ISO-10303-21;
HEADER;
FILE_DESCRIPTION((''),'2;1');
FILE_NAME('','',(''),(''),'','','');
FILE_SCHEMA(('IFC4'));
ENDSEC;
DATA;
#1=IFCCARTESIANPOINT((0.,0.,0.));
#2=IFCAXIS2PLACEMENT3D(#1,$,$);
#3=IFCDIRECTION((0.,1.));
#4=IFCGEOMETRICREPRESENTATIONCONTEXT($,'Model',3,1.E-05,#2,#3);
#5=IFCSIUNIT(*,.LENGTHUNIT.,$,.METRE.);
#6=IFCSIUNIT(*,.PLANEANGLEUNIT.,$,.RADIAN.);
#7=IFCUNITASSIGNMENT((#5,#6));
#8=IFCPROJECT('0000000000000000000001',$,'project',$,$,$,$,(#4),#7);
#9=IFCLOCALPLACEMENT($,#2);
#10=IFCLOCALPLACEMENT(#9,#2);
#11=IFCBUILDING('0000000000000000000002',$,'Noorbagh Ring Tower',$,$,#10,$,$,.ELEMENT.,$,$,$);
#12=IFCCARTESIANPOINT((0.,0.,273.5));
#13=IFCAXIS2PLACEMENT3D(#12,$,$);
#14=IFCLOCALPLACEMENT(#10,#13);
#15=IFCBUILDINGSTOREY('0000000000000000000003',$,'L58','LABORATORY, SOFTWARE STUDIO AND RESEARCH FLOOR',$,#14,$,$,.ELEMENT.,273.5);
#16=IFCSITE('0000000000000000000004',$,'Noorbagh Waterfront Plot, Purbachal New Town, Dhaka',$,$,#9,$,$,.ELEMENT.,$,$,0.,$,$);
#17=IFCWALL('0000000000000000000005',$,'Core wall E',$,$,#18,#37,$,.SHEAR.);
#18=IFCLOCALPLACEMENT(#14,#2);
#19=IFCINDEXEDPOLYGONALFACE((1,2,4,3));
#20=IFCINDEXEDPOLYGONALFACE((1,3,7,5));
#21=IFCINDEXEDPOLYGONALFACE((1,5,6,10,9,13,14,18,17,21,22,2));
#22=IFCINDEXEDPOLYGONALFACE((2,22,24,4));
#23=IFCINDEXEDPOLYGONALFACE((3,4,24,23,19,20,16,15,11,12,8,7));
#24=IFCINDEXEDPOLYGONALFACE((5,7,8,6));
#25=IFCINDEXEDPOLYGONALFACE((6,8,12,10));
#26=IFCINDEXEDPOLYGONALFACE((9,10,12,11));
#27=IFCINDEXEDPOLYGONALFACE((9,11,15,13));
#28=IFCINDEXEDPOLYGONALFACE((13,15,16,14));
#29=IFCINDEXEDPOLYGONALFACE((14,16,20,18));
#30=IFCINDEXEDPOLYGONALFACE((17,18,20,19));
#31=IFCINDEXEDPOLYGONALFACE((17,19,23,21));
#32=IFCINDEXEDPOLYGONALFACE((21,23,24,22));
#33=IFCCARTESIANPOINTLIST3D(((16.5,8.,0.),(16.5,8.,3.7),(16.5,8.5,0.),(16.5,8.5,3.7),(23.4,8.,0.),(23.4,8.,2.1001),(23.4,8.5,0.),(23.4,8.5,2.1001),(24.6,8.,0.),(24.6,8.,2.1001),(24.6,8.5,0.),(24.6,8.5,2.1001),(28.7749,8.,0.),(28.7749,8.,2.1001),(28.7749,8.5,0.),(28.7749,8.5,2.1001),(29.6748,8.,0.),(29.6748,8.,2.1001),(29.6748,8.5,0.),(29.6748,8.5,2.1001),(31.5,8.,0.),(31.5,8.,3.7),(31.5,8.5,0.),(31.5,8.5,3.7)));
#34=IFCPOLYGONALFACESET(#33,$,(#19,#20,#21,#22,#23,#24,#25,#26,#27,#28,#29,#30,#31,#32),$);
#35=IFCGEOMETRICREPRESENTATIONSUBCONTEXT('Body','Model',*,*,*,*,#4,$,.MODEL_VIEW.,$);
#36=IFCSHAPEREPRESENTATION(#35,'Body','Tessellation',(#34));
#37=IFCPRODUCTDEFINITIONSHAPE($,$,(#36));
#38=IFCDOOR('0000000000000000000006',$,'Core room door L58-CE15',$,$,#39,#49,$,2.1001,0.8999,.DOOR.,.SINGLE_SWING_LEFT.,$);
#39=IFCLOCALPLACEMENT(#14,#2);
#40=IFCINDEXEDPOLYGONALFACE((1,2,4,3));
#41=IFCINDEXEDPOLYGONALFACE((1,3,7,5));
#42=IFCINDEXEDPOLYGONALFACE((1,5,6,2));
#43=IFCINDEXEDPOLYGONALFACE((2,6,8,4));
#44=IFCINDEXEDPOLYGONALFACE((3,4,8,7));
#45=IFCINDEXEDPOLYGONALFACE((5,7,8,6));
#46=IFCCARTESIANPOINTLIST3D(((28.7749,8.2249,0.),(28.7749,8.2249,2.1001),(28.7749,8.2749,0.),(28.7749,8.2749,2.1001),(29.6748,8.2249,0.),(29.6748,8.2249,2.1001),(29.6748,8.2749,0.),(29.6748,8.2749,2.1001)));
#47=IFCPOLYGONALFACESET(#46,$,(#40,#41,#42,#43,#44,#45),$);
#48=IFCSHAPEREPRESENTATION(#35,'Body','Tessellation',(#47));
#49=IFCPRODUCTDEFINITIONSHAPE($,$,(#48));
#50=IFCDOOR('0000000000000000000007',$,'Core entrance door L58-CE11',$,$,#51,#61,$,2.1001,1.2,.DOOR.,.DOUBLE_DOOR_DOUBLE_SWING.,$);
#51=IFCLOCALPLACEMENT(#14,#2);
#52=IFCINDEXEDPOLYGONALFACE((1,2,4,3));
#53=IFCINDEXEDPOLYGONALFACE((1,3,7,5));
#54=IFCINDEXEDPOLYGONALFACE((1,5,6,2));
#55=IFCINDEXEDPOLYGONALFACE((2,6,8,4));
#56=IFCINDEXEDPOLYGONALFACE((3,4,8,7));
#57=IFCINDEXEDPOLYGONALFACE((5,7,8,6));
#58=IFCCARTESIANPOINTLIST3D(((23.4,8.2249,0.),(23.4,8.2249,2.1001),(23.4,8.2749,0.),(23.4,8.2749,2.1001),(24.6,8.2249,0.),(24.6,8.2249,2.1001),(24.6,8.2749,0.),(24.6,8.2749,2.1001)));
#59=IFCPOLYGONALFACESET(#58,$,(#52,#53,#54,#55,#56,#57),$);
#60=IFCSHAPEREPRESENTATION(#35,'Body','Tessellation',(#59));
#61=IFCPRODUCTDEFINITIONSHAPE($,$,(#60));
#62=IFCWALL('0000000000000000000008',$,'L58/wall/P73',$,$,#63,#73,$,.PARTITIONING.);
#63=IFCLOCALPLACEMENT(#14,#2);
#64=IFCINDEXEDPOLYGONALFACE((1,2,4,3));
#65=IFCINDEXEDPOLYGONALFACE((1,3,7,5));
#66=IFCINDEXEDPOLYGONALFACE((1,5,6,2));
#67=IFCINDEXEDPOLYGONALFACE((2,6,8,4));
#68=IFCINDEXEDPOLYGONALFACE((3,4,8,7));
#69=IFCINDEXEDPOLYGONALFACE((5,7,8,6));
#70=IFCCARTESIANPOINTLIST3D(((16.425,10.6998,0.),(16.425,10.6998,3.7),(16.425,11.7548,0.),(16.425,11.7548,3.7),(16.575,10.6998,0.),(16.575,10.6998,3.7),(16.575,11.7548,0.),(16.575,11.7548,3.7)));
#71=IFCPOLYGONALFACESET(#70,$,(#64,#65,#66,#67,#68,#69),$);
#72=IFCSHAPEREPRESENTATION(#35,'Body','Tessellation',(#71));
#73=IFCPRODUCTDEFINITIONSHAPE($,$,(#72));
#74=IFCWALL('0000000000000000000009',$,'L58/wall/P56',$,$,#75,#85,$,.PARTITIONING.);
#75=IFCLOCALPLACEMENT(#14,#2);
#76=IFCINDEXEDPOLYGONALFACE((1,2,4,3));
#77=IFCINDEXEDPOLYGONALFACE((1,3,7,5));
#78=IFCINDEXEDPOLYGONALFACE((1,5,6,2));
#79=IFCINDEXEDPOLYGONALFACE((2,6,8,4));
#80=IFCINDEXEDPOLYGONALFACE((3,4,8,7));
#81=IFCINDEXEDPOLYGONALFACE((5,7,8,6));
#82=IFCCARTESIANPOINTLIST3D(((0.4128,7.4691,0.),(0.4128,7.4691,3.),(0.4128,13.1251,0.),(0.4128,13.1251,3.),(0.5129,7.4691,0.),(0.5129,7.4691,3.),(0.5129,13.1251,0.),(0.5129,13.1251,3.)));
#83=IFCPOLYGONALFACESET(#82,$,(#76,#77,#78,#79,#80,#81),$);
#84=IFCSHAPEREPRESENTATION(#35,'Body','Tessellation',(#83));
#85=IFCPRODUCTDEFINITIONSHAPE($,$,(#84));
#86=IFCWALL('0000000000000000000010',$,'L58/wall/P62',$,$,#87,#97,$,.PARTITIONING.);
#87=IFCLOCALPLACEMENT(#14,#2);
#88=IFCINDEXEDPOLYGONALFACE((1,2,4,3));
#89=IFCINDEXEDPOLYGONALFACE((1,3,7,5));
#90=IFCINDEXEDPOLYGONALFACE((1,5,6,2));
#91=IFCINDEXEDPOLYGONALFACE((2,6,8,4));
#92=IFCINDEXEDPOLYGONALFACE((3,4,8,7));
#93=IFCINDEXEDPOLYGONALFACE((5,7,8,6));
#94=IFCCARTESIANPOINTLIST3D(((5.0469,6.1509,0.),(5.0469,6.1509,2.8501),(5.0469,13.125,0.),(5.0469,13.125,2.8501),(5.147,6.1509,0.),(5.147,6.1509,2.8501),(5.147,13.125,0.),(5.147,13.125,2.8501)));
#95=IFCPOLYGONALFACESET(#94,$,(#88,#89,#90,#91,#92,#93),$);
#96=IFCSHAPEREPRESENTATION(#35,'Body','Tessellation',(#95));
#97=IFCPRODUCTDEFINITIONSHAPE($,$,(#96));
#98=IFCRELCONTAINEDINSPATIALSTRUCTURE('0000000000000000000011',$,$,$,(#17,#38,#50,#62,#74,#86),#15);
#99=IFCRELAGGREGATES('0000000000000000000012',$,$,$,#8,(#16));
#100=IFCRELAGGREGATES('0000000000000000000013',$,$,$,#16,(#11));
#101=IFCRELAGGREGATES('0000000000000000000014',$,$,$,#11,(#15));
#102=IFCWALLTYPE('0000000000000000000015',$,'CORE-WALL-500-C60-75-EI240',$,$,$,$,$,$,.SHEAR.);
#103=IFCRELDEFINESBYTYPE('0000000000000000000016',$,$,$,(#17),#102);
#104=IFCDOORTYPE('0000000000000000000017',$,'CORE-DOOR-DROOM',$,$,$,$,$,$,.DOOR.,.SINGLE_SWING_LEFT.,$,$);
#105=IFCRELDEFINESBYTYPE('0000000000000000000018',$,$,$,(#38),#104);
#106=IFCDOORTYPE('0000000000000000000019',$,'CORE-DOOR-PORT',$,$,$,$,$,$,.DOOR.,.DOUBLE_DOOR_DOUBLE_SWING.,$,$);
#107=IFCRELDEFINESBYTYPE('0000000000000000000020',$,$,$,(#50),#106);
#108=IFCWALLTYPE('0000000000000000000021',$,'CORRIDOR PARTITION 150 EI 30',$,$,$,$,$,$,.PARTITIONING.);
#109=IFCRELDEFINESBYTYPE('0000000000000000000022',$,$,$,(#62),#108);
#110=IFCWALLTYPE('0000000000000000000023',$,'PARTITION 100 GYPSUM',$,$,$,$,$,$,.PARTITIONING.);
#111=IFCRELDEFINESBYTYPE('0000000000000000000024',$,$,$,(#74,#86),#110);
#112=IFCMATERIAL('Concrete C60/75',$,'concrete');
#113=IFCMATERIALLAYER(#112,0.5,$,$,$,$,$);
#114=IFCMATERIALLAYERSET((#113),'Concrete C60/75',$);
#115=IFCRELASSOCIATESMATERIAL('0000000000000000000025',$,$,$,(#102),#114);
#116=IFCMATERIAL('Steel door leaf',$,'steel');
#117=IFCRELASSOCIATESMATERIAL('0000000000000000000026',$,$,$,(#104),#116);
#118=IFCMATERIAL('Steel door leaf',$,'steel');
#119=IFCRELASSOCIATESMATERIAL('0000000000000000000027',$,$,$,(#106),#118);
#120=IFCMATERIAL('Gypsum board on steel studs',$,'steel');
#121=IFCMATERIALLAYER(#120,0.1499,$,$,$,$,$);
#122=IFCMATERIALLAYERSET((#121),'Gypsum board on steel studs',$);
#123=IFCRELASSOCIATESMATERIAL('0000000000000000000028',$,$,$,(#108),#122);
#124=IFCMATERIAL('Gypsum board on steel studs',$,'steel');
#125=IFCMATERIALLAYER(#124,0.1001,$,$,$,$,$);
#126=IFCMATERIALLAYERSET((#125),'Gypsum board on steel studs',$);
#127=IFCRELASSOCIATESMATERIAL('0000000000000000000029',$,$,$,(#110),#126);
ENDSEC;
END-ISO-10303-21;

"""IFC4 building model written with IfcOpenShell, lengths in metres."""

from ifc_helpers import new_model, si_unit, direction, frame, frame_2d, origin, place, context, subcontext, project, spatial, rectangle, extrude, material, layer, layer_set, type_object, element, fill, save


model = new_model("IFC4")

# Units and contexts
model_context = context("Model", 3, precision=1e-05, world=origin(), true_north=direction((0.0, 1.0)))
body_context = subcontext(model_context, "Body", "Model", "MODEL_VIEW")
ifc_project = project(units=[si_unit("LENGTHUNIT", "METRE"), si_unit("PLANEANGLEUNIT", "RADIAN")], contexts=[model_context])

# Site, building, storey
site_placement = place(None, origin())
site = spatial("IfcSite", under=ifc_project, at=site_placement, Name="Noorbagh Waterfront Plot, Purbachal New Town, Dhaka", CompositionType="ELEMENT", RefElevation=0.0)
building_placement = place(site_placement, origin())
building = spatial("IfcBuilding", under=site, at=building_placement, Name="Noorbagh Ring Tower", CompositionType="ELEMENT")
storey_placement = place(building_placement, frame((0.0, 0.0, 273.5)))
storey = spatial("IfcBuildingStorey", under=building, at=storey_placement, Name="L58", Description="LABORATORY, SOFTWARE STUDIO AND RESEARCH FLOOR", CompositionType="ELEMENT", Elevation=273.5)

# Wall, openings, doors
ifc_material_1 = material(Name="Concrete C60/75", Category="concrete")
ifc_layer_1 = layer(ifc_material_1, 0.5)
ifc_layer_set_1 = layer_set([ifc_layer_1], Name="Concrete C60/75")
wall_type_1 = type_object("IfcWallType", Name="CORE-WALL-500-C60-75-EI240", PredefinedType="SHEAR", material=ifc_layer_set_1)
wall_1_placement = place(storey_placement, frame((16.5, 8.25, 0.0), z_axis=(0.0, 0.0, 1.0), x_axis=(1.0, 0.0, 0.0)))
wall_1 = element("IfcWall", 1, at=wall_1_placement, inside=storey, type_object=wall_type_1, Name="Core wall E", PredefinedType="SHEAR", context=body_context, shape_type="SweptSolid", body=[
    extrude(rectangle(XDim=15.0, YDim=0.5, at=frame_2d((7.5, 0.0))), origin(), (0.0, 0.0, 1.0), 3.7),
])
opening_1_placement = place(wall_1_placement, frame((6.8999, 0.0, 0.0)))
opening_1 = element("IfcOpeningElement", 2, at=opening_1_placement, cuts=wall_1, PredefinedType="OPENING", context=body_context, shape_type="SweptSolid", body=[
    extrude(rectangle(XDim=1.2, YDim=2.1001, at=frame_2d((0.6001, 1.05))), frame((0.0, 0.26, 0.0), z_axis=(0.0, -1.0, 0.0), x_axis=(1.0, 0.0, 0.0)), (0.0, 0.0, 1.0), 0.52),
])
opening_2_placement = place(wall_1_placement, frame((12.2749, 0.0, 0.0)))
opening_2 = element("IfcOpeningElement", 3, at=opening_2_placement, cuts=wall_1, PredefinedType="OPENING", context=body_context, shape_type="SweptSolid", body=[
    extrude(rectangle(XDim=0.8999, YDim=2.1001, at=frame_2d((0.45, 1.05))), frame((0.0, 0.26, 0.0), z_axis=(0.0, -1.0, 0.0), x_axis=(1.0, 0.0, 0.0)), (0.0, 0.0, 1.0), 0.52),
])
ifc_material_2 = material(Name="Steel door leaf", Category="steel")
door_type_1 = type_object("IfcDoorType", Name="CORE-DOOR-DROOM", OperationType="SINGLE_SWING_LEFT", PredefinedType="DOOR", material=ifc_material_2)
door_1_placement = place(opening_2_placement, origin())
door_1 = element("IfcDoor", 4, at=door_1_placement, inside=storey, type_object=door_type_1, Name="Core room door L58-CE15", OperationType="SINGLE_SWING_LEFT", OverallHeight=2.1001, OverallWidth=0.8999, PredefinedType="DOOR", context=body_context, shape_type="SweptSolid", body=[
    extrude(rectangle(XDim=0.8999, YDim=2.1001, at=frame_2d((0.45, 1.05))), frame((0.0, 0.0249, 0.0), z_axis=(0.0, -1.0, 0.0), x_axis=(1.0, 0.0, 0.0)), (0.0, 0.0, 1.0), 0.05),
])
fill(opening_2, door_1)
ifc_material_3 = material(Name="Steel door leaf", Category="steel")
door_type_2 = type_object("IfcDoorType", Name="CORE-DOOR-PORT", OperationType="DOUBLE_DOOR_DOUBLE_SWING", PredefinedType="DOOR", material=ifc_material_3)
door_2_placement = place(opening_1_placement, origin())
door_2 = element("IfcDoor", 5, at=door_2_placement, inside=storey, type_object=door_type_2, Name="Core entrance door L58-CE11", OperationType="DOUBLE_DOOR_DOUBLE_SWING", OverallHeight=2.1001, OverallWidth=1.2, PredefinedType="DOOR", context=body_context, shape_type="SweptSolid", body=[
    extrude(rectangle(XDim=1.2, YDim=2.1001, at=frame_2d((0.6001, 1.05))), frame((0.0, 0.0249, 0.0), z_axis=(0.0, -1.0, 0.0), x_axis=(1.0, 0.0, 0.0)), (0.0, 0.0, 1.0), 0.05),
])
fill(opening_1, door_2)

# Wall
ifc_material_4 = material(Name="Gypsum board on steel studs", Category="steel")
ifc_layer_2 = layer(ifc_material_4, 0.1499)
ifc_layer_set_2 = layer_set([ifc_layer_2], Name="Gypsum board on steel studs")
wall_type_2 = type_object("IfcWallType", Name="CORRIDOR PARTITION 150 EI 30", PredefinedType="PARTITIONING", material=ifc_layer_set_2)
wall_2_placement = place(storey_placement, frame((16.5, 10.7, 0.0), z_axis=(0.0, 0.0, 1.0), x_axis=(0.0, 1.0, 0.0)))
element("IfcWall", 6, at=wall_2_placement, inside=storey, type_object=wall_type_2, Name="L58/wall/P73", PredefinedType="PARTITIONING", context=body_context, shape_type="SweptSolid", body=[
    extrude(rectangle(XDim=1.0549, YDim=0.1499, at=frame_2d((0.5273, 0.0))), origin(), (0.0, 0.0, 1.0), 3.7),
])

# Walls
ifc_material_5 = material(Name="Gypsum board on steel studs", Category="steel")
ifc_layer_3 = layer(ifc_material_5, 0.1001)
ifc_layer_set_3 = layer_set([ifc_layer_3], Name="Gypsum board on steel studs")
wall_type_3 = type_object("IfcWallType", Name="PARTITION 100 GYPSUM", PredefinedType="PARTITIONING", material=ifc_layer_set_3)
wall_3_placement = place(storey_placement, frame((0.4629, 7.469, 0.0), z_axis=(0.0, 0.0, 1.0), x_axis=(0.0, 1.0, 0.0)))
element("IfcWall", 7, at=wall_3_placement, inside=storey, type_object=wall_type_3, Name="L58/wall/P56", PredefinedType="PARTITIONING", context=body_context, shape_type="SweptSolid", body=[
    extrude(rectangle(XDim=5.656, YDim=0.1001, at=frame_2d((2.8281, 0.0))), origin(), (0.0, 0.0, 1.0), 3.0),
])
wall_4_placement = place(storey_placement, frame((5.0969, 6.1509, 0.0), z_axis=(0.0, 0.0, 1.0), x_axis=(0.0, 1.0, 0.0)))
element("IfcWall", 8, at=wall_4_placement, inside=storey, type_object=wall_type_3, Name="L58/wall/P62", PredefinedType="PARTITIONING", context=body_context, shape_type="SweptSolid", body=[
    extrude(rectangle(XDim=6.9741, YDim=0.1001, at=frame_2d((3.4871, 0.0))), origin(), (0.0, 0.0, 1.0), 2.8501),
])

save(model, "model.ifc")
